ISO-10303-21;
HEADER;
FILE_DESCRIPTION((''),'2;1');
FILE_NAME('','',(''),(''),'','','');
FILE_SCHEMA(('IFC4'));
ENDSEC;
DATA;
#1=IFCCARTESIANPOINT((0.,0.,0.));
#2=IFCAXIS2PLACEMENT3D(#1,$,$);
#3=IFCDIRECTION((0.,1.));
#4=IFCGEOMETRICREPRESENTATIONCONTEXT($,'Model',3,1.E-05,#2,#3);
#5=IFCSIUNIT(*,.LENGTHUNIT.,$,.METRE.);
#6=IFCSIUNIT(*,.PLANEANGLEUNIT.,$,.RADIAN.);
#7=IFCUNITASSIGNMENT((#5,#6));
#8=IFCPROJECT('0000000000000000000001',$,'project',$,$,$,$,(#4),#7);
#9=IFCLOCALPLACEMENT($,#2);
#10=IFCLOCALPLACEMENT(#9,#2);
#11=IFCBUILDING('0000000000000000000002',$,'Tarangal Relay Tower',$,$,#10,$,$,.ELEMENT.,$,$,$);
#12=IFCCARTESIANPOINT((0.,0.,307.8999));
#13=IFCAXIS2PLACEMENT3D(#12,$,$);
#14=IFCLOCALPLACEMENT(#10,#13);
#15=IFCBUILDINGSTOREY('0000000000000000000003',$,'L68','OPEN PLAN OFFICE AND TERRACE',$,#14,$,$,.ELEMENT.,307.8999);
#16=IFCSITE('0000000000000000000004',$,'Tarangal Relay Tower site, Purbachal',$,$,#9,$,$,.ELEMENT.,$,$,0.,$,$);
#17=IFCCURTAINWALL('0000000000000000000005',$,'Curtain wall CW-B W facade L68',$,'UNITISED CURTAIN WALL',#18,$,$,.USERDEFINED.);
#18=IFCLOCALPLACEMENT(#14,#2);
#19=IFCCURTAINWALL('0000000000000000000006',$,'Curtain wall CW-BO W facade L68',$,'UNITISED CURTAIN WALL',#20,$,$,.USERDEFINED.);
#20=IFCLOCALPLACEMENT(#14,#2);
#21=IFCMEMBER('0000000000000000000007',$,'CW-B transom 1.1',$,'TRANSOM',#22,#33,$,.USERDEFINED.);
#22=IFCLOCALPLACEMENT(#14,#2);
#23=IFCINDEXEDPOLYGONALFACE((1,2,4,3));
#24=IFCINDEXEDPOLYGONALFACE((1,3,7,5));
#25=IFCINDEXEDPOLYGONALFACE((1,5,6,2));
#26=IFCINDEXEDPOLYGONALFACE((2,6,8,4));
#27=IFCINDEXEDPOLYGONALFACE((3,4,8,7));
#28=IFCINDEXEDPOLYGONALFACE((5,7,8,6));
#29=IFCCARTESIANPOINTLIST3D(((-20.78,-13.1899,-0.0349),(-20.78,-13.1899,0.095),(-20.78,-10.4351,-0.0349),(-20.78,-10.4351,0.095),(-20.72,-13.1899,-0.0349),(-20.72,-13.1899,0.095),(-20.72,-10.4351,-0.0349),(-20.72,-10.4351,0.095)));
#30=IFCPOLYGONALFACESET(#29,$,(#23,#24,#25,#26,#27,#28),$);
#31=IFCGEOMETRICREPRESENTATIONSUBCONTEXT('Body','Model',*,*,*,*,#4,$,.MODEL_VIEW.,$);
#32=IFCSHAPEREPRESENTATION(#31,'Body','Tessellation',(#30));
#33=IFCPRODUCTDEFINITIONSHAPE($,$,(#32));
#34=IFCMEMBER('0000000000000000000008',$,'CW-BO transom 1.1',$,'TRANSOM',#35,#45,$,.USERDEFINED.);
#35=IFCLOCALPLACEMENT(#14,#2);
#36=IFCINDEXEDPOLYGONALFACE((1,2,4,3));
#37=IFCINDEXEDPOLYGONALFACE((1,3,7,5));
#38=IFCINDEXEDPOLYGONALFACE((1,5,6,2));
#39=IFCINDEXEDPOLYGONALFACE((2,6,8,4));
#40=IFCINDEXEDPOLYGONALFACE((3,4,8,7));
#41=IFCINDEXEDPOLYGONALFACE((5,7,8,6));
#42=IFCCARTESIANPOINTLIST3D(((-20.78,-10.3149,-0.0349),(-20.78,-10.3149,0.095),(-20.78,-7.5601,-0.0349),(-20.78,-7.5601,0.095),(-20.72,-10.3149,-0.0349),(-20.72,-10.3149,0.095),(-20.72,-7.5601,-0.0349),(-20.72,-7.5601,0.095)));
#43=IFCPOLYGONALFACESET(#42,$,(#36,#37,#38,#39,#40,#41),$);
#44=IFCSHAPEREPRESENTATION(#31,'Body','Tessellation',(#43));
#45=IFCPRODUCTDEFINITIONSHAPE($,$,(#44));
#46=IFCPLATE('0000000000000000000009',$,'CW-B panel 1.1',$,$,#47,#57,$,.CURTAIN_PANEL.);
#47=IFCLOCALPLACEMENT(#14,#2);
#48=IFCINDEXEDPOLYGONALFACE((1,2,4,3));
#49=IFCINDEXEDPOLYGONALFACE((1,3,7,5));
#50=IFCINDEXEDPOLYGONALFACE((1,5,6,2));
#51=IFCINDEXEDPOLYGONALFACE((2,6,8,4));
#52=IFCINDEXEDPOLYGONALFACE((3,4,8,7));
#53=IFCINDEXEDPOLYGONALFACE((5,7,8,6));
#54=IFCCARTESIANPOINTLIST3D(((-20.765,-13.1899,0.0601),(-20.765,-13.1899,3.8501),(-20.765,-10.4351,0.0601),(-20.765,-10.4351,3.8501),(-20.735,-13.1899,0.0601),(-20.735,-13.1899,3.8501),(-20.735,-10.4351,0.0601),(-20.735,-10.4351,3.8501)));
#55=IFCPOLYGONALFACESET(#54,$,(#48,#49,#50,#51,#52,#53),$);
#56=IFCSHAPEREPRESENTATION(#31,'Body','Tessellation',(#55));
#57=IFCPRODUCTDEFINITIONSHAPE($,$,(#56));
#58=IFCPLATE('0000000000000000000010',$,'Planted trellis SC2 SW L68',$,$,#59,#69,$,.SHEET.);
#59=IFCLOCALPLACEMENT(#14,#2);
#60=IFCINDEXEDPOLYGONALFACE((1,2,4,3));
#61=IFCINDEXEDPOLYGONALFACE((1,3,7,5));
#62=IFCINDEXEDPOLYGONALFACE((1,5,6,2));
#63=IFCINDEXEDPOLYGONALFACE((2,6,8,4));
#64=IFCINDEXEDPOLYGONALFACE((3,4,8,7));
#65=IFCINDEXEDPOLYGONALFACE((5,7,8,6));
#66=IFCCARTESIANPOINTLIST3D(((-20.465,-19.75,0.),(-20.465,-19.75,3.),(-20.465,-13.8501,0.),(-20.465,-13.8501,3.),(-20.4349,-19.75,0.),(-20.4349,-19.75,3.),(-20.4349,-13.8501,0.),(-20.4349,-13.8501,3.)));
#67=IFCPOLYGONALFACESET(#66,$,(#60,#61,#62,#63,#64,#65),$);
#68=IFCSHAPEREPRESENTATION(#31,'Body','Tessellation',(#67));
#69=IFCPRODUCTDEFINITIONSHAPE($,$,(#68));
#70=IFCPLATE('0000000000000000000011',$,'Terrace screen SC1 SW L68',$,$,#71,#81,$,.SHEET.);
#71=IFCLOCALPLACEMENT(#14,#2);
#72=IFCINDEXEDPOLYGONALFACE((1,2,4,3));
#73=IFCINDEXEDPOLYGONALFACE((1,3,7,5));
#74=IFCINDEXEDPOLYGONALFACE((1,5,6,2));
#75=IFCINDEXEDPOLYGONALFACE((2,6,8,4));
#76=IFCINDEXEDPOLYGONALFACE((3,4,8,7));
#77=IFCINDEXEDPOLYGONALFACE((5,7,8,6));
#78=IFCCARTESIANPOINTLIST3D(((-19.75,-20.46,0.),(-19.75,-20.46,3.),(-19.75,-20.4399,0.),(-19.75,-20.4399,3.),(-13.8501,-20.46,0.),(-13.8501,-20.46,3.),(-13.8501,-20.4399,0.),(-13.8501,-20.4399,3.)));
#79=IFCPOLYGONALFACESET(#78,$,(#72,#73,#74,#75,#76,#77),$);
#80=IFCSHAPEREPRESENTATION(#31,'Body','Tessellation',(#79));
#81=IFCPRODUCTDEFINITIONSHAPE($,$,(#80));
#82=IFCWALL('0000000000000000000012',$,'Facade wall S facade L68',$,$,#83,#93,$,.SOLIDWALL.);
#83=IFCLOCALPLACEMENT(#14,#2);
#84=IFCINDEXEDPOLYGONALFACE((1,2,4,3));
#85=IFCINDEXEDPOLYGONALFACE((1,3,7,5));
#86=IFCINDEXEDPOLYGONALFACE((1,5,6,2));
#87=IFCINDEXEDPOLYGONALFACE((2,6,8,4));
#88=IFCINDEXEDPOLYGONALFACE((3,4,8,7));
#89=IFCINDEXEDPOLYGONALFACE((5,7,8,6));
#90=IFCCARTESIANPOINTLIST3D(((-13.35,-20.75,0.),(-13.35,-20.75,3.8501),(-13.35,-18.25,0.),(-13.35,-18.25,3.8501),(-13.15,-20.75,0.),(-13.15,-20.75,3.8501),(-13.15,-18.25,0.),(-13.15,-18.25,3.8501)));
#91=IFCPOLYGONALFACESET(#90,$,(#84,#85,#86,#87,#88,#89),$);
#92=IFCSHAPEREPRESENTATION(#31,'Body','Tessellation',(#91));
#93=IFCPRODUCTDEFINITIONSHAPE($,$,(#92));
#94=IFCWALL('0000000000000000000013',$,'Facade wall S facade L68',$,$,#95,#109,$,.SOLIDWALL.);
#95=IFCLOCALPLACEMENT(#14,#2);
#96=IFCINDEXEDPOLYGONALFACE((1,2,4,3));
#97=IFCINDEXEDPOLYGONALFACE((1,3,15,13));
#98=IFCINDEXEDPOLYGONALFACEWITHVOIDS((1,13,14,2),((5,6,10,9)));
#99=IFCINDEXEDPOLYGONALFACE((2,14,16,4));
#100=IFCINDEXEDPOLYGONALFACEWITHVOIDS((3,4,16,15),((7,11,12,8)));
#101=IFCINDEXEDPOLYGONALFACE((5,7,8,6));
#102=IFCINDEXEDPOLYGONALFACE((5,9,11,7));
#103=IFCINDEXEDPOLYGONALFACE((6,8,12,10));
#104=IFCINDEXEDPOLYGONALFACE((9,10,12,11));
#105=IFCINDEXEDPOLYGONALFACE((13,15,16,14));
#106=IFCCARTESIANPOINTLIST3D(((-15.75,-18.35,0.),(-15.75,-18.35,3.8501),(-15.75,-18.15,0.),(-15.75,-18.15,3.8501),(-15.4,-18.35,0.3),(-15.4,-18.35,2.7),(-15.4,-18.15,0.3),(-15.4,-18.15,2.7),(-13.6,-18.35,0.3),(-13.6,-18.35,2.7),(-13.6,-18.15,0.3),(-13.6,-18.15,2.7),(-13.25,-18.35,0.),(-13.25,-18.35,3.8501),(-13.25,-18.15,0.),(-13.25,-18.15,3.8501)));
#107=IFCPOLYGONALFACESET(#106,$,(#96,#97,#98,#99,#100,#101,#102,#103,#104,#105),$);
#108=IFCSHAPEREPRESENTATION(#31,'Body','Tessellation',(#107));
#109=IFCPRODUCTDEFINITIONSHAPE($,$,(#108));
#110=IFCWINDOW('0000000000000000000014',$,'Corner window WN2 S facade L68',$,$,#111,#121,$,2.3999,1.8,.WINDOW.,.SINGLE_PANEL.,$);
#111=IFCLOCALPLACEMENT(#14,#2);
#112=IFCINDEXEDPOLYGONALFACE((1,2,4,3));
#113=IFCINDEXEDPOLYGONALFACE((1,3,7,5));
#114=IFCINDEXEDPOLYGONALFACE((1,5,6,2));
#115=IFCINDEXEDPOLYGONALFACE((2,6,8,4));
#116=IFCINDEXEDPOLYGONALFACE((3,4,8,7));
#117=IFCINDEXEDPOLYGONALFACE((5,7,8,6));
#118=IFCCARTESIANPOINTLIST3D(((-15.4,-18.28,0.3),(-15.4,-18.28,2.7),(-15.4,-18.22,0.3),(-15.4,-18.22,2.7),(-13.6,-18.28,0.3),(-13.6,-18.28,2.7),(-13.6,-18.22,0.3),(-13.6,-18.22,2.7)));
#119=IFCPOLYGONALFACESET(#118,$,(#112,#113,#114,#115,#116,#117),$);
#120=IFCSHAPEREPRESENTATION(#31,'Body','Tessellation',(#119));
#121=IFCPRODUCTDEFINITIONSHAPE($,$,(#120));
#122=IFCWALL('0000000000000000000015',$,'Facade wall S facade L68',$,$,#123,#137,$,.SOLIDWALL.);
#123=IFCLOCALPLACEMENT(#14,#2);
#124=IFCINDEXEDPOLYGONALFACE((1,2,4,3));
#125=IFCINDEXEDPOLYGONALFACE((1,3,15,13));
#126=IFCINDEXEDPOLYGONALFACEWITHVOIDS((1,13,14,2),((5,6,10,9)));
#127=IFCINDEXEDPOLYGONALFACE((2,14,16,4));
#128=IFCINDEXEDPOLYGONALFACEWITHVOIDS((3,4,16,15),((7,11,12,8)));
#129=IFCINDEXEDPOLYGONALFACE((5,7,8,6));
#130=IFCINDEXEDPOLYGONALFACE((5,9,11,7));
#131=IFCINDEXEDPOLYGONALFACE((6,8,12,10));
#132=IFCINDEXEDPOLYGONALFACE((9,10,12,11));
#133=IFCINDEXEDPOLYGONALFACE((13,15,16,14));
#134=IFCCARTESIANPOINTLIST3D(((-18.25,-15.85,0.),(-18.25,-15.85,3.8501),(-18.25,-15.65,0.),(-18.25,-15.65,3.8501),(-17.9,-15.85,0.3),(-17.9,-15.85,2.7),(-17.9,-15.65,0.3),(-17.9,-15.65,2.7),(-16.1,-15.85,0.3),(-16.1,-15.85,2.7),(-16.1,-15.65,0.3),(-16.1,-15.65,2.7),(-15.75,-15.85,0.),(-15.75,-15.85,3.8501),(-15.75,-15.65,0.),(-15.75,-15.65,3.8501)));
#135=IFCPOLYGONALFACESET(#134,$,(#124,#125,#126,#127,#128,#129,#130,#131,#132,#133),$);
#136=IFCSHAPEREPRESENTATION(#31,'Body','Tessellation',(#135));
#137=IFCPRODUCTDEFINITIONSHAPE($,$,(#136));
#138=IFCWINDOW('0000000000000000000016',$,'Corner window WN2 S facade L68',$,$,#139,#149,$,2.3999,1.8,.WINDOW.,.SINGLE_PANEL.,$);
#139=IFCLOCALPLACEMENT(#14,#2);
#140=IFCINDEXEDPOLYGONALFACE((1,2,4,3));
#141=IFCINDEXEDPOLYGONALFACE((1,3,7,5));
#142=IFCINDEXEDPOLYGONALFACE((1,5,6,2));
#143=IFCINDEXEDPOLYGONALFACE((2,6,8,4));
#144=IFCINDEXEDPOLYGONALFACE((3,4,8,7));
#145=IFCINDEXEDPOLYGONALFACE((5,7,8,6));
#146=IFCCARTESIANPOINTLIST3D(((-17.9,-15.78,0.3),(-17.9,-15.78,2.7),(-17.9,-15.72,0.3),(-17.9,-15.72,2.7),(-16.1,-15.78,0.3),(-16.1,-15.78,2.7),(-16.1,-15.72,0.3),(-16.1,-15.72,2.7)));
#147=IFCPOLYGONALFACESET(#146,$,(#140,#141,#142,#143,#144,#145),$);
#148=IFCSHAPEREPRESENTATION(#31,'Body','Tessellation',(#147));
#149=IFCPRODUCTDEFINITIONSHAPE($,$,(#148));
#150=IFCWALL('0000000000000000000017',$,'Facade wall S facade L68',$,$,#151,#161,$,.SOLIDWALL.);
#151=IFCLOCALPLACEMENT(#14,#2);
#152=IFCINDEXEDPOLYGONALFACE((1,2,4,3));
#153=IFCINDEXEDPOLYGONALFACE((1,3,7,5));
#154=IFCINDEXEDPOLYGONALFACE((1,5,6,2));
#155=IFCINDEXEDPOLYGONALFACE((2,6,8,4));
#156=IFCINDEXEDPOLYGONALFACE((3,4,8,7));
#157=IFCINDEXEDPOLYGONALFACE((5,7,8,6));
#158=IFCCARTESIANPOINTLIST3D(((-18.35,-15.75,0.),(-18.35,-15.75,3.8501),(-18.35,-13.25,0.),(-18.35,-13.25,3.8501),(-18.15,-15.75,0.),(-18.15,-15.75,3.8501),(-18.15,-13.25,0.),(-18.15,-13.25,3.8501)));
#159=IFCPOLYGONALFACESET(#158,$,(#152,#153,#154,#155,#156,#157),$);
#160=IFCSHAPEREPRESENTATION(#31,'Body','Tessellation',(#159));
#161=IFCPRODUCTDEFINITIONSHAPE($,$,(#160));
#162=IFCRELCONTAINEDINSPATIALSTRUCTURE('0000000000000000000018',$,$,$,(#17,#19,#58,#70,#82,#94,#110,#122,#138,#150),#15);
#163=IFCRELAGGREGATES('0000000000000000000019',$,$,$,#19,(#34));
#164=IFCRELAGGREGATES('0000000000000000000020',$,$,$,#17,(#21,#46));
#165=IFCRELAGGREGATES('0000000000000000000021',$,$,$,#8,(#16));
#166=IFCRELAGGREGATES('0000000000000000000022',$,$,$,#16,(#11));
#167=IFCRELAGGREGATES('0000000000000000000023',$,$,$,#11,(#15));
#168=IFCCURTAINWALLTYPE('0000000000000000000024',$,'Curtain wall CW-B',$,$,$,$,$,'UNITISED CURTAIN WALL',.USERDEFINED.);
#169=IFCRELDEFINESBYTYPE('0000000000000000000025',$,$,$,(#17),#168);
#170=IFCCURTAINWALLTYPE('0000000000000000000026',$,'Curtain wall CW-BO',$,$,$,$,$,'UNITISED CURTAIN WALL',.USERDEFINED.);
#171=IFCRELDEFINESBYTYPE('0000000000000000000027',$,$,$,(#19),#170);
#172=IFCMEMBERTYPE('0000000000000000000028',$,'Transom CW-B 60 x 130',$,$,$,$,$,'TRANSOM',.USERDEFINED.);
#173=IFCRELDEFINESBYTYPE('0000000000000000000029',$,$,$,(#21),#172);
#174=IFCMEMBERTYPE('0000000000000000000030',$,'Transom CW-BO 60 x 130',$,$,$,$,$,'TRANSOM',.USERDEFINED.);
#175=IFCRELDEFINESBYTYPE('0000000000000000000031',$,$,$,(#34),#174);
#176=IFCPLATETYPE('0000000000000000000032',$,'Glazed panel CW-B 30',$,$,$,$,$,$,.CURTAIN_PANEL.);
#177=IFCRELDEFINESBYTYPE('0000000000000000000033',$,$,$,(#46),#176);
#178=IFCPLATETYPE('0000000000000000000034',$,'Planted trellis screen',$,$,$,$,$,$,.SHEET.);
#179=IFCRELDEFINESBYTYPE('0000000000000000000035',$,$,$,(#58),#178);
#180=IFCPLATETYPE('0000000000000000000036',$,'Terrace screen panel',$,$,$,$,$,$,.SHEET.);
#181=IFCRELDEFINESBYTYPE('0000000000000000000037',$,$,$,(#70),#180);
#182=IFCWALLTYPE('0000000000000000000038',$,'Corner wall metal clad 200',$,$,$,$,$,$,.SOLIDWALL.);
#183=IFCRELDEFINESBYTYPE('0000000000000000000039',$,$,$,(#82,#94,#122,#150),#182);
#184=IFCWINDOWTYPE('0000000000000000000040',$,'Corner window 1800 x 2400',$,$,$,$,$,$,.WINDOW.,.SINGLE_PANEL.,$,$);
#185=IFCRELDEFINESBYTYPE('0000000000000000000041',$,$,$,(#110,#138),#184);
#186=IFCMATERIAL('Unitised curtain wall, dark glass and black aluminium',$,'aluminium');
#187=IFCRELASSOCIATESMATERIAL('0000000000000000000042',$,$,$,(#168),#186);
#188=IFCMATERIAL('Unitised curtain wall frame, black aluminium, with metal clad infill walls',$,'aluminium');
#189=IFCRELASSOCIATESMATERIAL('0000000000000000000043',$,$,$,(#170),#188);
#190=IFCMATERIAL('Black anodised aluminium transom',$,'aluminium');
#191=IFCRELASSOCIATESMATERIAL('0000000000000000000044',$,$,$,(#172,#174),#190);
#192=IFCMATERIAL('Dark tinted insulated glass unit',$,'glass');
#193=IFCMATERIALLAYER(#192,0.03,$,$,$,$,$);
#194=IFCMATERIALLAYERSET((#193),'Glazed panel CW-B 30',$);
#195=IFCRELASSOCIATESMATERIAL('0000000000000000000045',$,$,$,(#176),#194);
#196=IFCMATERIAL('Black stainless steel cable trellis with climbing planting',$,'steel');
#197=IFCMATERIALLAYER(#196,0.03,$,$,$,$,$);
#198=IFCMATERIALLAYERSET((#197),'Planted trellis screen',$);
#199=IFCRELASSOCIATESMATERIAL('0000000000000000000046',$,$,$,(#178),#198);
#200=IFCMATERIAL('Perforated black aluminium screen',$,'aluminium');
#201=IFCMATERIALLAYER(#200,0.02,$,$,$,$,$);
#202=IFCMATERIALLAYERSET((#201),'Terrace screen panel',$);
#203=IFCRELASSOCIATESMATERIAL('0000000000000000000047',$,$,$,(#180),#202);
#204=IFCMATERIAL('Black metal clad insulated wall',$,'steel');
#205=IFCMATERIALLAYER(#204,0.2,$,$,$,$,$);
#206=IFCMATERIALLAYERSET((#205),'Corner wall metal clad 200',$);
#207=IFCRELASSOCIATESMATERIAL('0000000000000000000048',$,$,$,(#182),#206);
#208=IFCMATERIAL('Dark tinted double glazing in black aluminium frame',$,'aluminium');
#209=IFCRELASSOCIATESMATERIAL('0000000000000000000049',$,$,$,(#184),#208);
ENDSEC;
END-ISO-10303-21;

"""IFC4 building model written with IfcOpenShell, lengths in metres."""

from ifc_helpers import new_model, si_unit, direction, frame, frame_2d, origin, origin_2d, place, context, subcontext, project, spatial, rectangle, extrude, material, layer, layer_set, material_profile, profile_set, type_object, element, fill, aggregate, save


model = new_model("IFC4")

# Units and contexts
model_context = context("Model", 3, precision=1e-05, world=origin(), true_north=direction((0.0, 1.0)))
body_context = subcontext(model_context, "Body", "Model", "MODEL_VIEW")
ifc_project = project(units=[si_unit("LENGTHUNIT", "METRE"), si_unit("PLANEANGLEUNIT", "RADIAN")], contexts=[model_context])

# Site, building, storey
site_placement = place(None, origin())
site = spatial("IfcSite", under=ifc_project, at=site_placement, Name="Tarangal Relay Tower site, Purbachal", CompositionType="ELEMENT", RefElevation=0.0)
building_placement = place(site_placement, origin())
building = spatial("IfcBuilding", under=site, at=building_placement, Name="Tarangal Relay Tower", CompositionType="ELEMENT")
storey_placement = place(building_placement, frame((0.0, 0.0, 307.8999)))
storey = spatial("IfcBuildingStorey", under=building, at=storey_placement, Name="L68", Description="OPEN PLAN OFFICE AND TERRACE", CompositionType="ELEMENT", Elevation=307.8999)

# Shared definitions
ifc_material_1 = material(Name="Unitised curtain wall, dark glass and black aluminium", Category="aluminium")
curtain_wall_type_1 = type_object("IfcCurtainWallType", Name="Curtain wall CW-B", ElementType="UNITISED CURTAIN WALL", PredefinedType="USERDEFINED", material=ifc_material_1)

# Curtain wall
curtain_wall_1_placement = place(storey_placement, origin())
curtain_wall_1 = element("IfcCurtainWall", 1, at=curtain_wall_1_placement, inside=storey, type_object=curtain_wall_type_1, Name="Curtain wall CW-B W facade L68", ObjectType="UNITISED CURTAIN WALL", PredefinedType="USERDEFINED")

# Curtain wall
ifc_material_2 = material(Name="Unitised curtain wall frame, black aluminium, with metal clad infill walls", Category="aluminium")
curtain_wall_type_2 = type_object("IfcCurtainWallType", Name="Curtain wall CW-BO", ElementType="UNITISED CURTAIN WALL", PredefinedType="USERDEFINED", material=ifc_material_2)
curtain_wall_2_placement = place(storey_placement, origin())
curtain_wall_2 = element("IfcCurtainWall", 2, at=curtain_wall_2_placement, inside=storey, type_object=curtain_wall_type_2, Name="Curtain wall CW-BO W facade L68", ObjectType="UNITISED CURTAIN WALL", PredefinedType="USERDEFINED")

# Members
ifc_material_3 = material(Name="Black anodised aluminium transom", Category="aluminium")
ifc_material_profile_1 = material_profile(ifc_material_3, rectangle(XDim=0.0601, YDim=0.1299, at=origin_2d()), Name="CW-BT 60X130")
ifc_profile_set_1 = profile_set([ifc_material_profile_1], Name="Black anodised aluminium transom")
member_type_1 = type_object("IfcMemberType", Name="Transom CW-B 60 x 130", ElementType="TRANSOM", PredefinedType="USERDEFINED", material=ifc_profile_set_1)
member_1_placement = place(storey_placement, frame((-20.75, -13.1899, 0.03), z_axis=(0.0, 1.0, 0.0), x_axis=(-1.0, 0.0, 0.0)))
member_1 = element("IfcMember", 3, at=member_1_placement, type_object=member_type_1, Name="CW-B transom 1.1", ObjectType="TRANSOM", PredefinedType="USERDEFINED", context=body_context, shape_type="SweptSolid", body=[
    extrude(rectangle(XDim=0.0601, YDim=0.1299, at=origin_2d()), origin(), (0.0, 0.0, 1.0), 2.7549),
])
ifc_material_profile_2 = material_profile(ifc_material_3, rectangle(XDim=0.0601, YDim=0.1299, at=origin_2d()), Name="CW-BOT 60X130")
ifc_profile_set_2 = profile_set([ifc_material_profile_2], Name="Black anodised aluminium transom")
member_type_2 = type_object("IfcMemberType", Name="Transom CW-BO 60 x 130", ElementType="TRANSOM", PredefinedType="USERDEFINED", material=ifc_profile_set_2)
member_2_placement = place(storey_placement, frame((-20.75, -10.3149, 0.03), z_axis=(0.0, 1.0, 0.0), x_axis=(-1.0, 0.0, 0.0)))
member_2 = element("IfcMember", 4, at=member_2_placement, type_object=member_type_2, Name="CW-BO transom 1.1", ObjectType="TRANSOM", PredefinedType="USERDEFINED", context=body_context, shape_type="SweptSolid", body=[
    extrude(rectangle(XDim=0.0601, YDim=0.1299, at=origin_2d()), origin(), (0.0, 0.0, 1.0), 2.7549),
])
aggregate(curtain_wall_2, [member_2])

# Plate
ifc_material_4 = material(Name="Dark tinted insulated glass unit", Category="glass")
ifc_layer_1 = layer(ifc_material_4, 0.03)
ifc_layer_set_1 = layer_set([ifc_layer_1], Name="Glazed panel CW-B 30")
plate_type_1 = type_object("IfcPlateType", Name="Glazed panel CW-B 30", PredefinedType="CURTAIN_PANEL", material=ifc_layer_set_1)
plate_1_placement = place(storey_placement, frame((-20.75, -11.8125, 0.0601), z_axis=(0.0, 0.0, 1.0), x_axis=(0.0, 1.0, 0.0)))
plate_1 = element("IfcPlate", 5, at=plate_1_placement, type_object=plate_type_1, Name="CW-B panel 1.1", PredefinedType="CURTAIN_PANEL", context=body_context, shape_type="SweptSolid", body=[
    extrude(rectangle(XDim=2.7549, YDim=0.03, at=origin_2d()), origin(), (0.0, 0.0, 1.0), 3.79),
])
aggregate(curtain_wall_1, [member_1, plate_1])

# Plates
ifc_material_5 = material(Name="Black stainless steel cable trellis with climbing planting", Category="steel")
ifc_layer_2 = layer(ifc_material_5, 0.03)
ifc_layer_set_2 = layer_set([ifc_layer_2], Name="Planted trellis screen")
plate_type_2 = type_object("IfcPlateType", Name="Planted trellis screen", PredefinedType="SHEET", material=ifc_layer_set_2)
plate_2_placement = place(storey_placement, frame((-20.45, -16.8, 0.0), z_axis=(0.0, 0.0, 1.0), x_axis=(0.0, 1.0, 0.0)))
element("IfcPlate", 6, at=plate_2_placement, inside=storey, type_object=plate_type_2, Name="Planted trellis SC2 SW L68", PredefinedType="SHEET", context=body_context, shape_type="SweptSolid", body=[
    extrude(rectangle(XDim=5.8999, YDim=0.03, at=origin_2d()), origin(), (0.0, 0.0, 1.0), 3.0),
])
ifc_material_6 = material(Name="Perforated black aluminium screen", Category="aluminium")
ifc_layer_3 = layer(ifc_material_6, 0.02)
ifc_layer_set_3 = layer_set([ifc_layer_3], Name="Terrace screen panel")
plate_type_3 = type_object("IfcPlateType", Name="Terrace screen panel", PredefinedType="SHEET", material=ifc_layer_set_3)
plate_3_placement = place(storey_placement, frame((-16.8, -20.45, 0.0), z_axis=(0.0, 0.0, 1.0), x_axis=(-1.0, 0.0, 0.0)))
element("IfcPlate", 7, at=plate_3_placement, inside=storey, type_object=plate_type_3, Name="Terrace screen SC1 SW L68", PredefinedType="SHEET", context=body_context, shape_type="SweptSolid", body=[
    extrude(rectangle(XDim=5.8999, YDim=0.02, at=origin_2d()), origin(), (0.0, 0.0, 1.0), 3.0),
])

# Wall
ifc_material_7 = material(Name="Black metal clad insulated wall", Category="steel")
ifc_layer_4 = layer(ifc_material_7, 0.2)
ifc_layer_set_4 = layer_set([ifc_layer_4], Name="Corner wall metal clad 200")
wall_type_1 = type_object("IfcWallType", Name="Corner wall metal clad 200", PredefinedType="SOLIDWALL", material=ifc_layer_set_4)
wall_1_placement = place(storey_placement, frame((-13.25, -20.75, 0.0), z_axis=(0.0, 0.0, 1.0), x_axis=(0.0, 1.0, 0.0)))
element("IfcWall", 8, at=wall_1_placement, inside=storey, type_object=wall_type_1, Name="Facade wall S facade L68", PredefinedType="SOLIDWALL", context=body_context, shape_type="SweptSolid", body=[
    extrude(rectangle(XDim=2.5, YDim=0.2, at=frame_2d((1.25, 0.0))), origin(), (0.0, 0.0, 1.0), 3.8501),
])

# Wall, opening, window
wall_2_placement = place(storey_placement, frame((-13.25, -18.25, 0.0), z_axis=(0.0, 0.0, 1.0), x_axis=(-1.0, 0.0, 0.0)))
wall_2 = element("IfcWall", 9, at=wall_2_placement, inside=storey, type_object=wall_type_1, Name="Facade wall S facade L68", PredefinedType="SOLIDWALL", context=body_context, shape_type="SweptSolid", body=[
    extrude(rectangle(XDim=2.5, YDim=0.2, at=frame_2d((1.25, 0.0))), origin(), (0.0, 0.0, 1.0), 3.8501),
])
opening_1_placement = place(wall_2_placement, frame((0.3501, 0.0, 0.3)))
opening_1 = element("IfcOpeningElement", 10, at=opening_1_placement, cuts=wall_2, PredefinedType="OPENING", context=body_context, shape_type="SweptSolid", body=[
    extrude(rectangle(XDim=1.8, YDim=2.3999, at=frame_2d((0.8999, 1.2))), frame((0.0, 0.1099, 0.0), z_axis=(0.0, -1.0, 0.0), x_axis=(1.0, 0.0, 0.0)), (0.0, 0.0, 1.0), 0.22),
])
ifc_material_8 = material(Name="Dark tinted double glazing in black aluminium frame", Category="aluminium")
window_type = type_object("IfcWindowType", Name="Corner window 1800 x 2400", PartitioningType="SINGLE_PANEL", PredefinedType="WINDOW", material=ifc_material_8)
window_1_placement = place(opening_1_placement, origin())
window_1 = element("IfcWindow", 11, at=window_1_placement, inside=storey, type_object=window_type, Name="Corner window WN2 S facade L68", OverallHeight=2.3999, OverallWidth=1.8, PartitioningType="SINGLE_PANEL", PredefinedType="WINDOW", context=body_context, shape_type="SweptSolid", body=[
    extrude(rectangle(XDim=1.8, YDim=2.3999, at=frame_2d((0.8999, 1.2))), frame((0.0, 0.03, 0.0), z_axis=(0.0, -1.0, 0.0), x_axis=(1.0, 0.0, 0.0)), (0.0, 0.0, 1.0), 0.0601),
])
fill(opening_1, window_1)

# Wall, opening, window
wall_3_placement = place(storey_placement, frame((-15.75, -15.75, 0.0), z_axis=(0.0, 0.0, 1.0), x_axis=(-1.0, 0.0, 0.0)))
wall_3 = element("IfcWall", 12, at=wall_3_placement, inside=storey, type_object=wall_type_1, Name="Facade wall S facade L68", PredefinedType="SOLIDWALL", context=body_context, shape_type="SweptSolid", body=[
    extrude(rectangle(XDim=2.5, YDim=0.2, at=frame_2d((1.25, 0.0))), origin(), (0.0, 0.0, 1.0), 3.8501),
])
opening_2_placement = place(wall_3_placement, frame((0.3501, 0.0, 0.3)))
opening_2 = element("IfcOpeningElement", 13, at=opening_2_placement, cuts=wall_3, PredefinedType="OPENING", context=body_context, shape_type="SweptSolid", body=[
    extrude(rectangle(XDim=1.8, YDim=2.3999, at=frame_2d((0.8999, 1.2))), frame((0.0, 0.1099, 0.0), z_axis=(0.0, -1.0, 0.0), x_axis=(1.0, 0.0, 0.0)), (0.0, 0.0, 1.0), 0.22),
])
window_2_placement = place(opening_2_placement, origin())
window_2 = element("IfcWindow", 14, at=window_2_placement, inside=storey, type_object=window_type, Name="Corner window WN2 S facade L68", OverallHeight=2.3999, OverallWidth=1.8, PartitioningType="SINGLE_PANEL", PredefinedType="WINDOW", context=body_context, shape_type="SweptSolid", body=[
    extrude(rectangle(XDim=1.8, YDim=2.3999, at=frame_2d((0.8999, 1.2))), frame((0.0, 0.03, 0.0), z_axis=(0.0, -1.0, 0.0), x_axis=(1.0, 0.0, 0.0)), (0.0, 0.0, 1.0), 0.0601),
])
fill(opening_2, window_2)

# Wall
wall_4_placement = place(storey_placement, frame((-18.25, -15.75, 0.0), z_axis=(0.0, 0.0, 1.0), x_axis=(0.0, 1.0, 0.0)))
element("IfcWall", 15, at=wall_4_placement, inside=storey, type_object=wall_type_1, Name="Facade wall S facade L68", PredefinedType="SOLIDWALL", context=body_context, shape_type="SweptSolid", body=[
    extrude(rectangle(XDim=2.5, YDim=0.2, at=frame_2d((1.25, 0.0))), origin(), (0.0, 0.0, 1.0), 3.8501),
])

save(model, "model.ifc")
